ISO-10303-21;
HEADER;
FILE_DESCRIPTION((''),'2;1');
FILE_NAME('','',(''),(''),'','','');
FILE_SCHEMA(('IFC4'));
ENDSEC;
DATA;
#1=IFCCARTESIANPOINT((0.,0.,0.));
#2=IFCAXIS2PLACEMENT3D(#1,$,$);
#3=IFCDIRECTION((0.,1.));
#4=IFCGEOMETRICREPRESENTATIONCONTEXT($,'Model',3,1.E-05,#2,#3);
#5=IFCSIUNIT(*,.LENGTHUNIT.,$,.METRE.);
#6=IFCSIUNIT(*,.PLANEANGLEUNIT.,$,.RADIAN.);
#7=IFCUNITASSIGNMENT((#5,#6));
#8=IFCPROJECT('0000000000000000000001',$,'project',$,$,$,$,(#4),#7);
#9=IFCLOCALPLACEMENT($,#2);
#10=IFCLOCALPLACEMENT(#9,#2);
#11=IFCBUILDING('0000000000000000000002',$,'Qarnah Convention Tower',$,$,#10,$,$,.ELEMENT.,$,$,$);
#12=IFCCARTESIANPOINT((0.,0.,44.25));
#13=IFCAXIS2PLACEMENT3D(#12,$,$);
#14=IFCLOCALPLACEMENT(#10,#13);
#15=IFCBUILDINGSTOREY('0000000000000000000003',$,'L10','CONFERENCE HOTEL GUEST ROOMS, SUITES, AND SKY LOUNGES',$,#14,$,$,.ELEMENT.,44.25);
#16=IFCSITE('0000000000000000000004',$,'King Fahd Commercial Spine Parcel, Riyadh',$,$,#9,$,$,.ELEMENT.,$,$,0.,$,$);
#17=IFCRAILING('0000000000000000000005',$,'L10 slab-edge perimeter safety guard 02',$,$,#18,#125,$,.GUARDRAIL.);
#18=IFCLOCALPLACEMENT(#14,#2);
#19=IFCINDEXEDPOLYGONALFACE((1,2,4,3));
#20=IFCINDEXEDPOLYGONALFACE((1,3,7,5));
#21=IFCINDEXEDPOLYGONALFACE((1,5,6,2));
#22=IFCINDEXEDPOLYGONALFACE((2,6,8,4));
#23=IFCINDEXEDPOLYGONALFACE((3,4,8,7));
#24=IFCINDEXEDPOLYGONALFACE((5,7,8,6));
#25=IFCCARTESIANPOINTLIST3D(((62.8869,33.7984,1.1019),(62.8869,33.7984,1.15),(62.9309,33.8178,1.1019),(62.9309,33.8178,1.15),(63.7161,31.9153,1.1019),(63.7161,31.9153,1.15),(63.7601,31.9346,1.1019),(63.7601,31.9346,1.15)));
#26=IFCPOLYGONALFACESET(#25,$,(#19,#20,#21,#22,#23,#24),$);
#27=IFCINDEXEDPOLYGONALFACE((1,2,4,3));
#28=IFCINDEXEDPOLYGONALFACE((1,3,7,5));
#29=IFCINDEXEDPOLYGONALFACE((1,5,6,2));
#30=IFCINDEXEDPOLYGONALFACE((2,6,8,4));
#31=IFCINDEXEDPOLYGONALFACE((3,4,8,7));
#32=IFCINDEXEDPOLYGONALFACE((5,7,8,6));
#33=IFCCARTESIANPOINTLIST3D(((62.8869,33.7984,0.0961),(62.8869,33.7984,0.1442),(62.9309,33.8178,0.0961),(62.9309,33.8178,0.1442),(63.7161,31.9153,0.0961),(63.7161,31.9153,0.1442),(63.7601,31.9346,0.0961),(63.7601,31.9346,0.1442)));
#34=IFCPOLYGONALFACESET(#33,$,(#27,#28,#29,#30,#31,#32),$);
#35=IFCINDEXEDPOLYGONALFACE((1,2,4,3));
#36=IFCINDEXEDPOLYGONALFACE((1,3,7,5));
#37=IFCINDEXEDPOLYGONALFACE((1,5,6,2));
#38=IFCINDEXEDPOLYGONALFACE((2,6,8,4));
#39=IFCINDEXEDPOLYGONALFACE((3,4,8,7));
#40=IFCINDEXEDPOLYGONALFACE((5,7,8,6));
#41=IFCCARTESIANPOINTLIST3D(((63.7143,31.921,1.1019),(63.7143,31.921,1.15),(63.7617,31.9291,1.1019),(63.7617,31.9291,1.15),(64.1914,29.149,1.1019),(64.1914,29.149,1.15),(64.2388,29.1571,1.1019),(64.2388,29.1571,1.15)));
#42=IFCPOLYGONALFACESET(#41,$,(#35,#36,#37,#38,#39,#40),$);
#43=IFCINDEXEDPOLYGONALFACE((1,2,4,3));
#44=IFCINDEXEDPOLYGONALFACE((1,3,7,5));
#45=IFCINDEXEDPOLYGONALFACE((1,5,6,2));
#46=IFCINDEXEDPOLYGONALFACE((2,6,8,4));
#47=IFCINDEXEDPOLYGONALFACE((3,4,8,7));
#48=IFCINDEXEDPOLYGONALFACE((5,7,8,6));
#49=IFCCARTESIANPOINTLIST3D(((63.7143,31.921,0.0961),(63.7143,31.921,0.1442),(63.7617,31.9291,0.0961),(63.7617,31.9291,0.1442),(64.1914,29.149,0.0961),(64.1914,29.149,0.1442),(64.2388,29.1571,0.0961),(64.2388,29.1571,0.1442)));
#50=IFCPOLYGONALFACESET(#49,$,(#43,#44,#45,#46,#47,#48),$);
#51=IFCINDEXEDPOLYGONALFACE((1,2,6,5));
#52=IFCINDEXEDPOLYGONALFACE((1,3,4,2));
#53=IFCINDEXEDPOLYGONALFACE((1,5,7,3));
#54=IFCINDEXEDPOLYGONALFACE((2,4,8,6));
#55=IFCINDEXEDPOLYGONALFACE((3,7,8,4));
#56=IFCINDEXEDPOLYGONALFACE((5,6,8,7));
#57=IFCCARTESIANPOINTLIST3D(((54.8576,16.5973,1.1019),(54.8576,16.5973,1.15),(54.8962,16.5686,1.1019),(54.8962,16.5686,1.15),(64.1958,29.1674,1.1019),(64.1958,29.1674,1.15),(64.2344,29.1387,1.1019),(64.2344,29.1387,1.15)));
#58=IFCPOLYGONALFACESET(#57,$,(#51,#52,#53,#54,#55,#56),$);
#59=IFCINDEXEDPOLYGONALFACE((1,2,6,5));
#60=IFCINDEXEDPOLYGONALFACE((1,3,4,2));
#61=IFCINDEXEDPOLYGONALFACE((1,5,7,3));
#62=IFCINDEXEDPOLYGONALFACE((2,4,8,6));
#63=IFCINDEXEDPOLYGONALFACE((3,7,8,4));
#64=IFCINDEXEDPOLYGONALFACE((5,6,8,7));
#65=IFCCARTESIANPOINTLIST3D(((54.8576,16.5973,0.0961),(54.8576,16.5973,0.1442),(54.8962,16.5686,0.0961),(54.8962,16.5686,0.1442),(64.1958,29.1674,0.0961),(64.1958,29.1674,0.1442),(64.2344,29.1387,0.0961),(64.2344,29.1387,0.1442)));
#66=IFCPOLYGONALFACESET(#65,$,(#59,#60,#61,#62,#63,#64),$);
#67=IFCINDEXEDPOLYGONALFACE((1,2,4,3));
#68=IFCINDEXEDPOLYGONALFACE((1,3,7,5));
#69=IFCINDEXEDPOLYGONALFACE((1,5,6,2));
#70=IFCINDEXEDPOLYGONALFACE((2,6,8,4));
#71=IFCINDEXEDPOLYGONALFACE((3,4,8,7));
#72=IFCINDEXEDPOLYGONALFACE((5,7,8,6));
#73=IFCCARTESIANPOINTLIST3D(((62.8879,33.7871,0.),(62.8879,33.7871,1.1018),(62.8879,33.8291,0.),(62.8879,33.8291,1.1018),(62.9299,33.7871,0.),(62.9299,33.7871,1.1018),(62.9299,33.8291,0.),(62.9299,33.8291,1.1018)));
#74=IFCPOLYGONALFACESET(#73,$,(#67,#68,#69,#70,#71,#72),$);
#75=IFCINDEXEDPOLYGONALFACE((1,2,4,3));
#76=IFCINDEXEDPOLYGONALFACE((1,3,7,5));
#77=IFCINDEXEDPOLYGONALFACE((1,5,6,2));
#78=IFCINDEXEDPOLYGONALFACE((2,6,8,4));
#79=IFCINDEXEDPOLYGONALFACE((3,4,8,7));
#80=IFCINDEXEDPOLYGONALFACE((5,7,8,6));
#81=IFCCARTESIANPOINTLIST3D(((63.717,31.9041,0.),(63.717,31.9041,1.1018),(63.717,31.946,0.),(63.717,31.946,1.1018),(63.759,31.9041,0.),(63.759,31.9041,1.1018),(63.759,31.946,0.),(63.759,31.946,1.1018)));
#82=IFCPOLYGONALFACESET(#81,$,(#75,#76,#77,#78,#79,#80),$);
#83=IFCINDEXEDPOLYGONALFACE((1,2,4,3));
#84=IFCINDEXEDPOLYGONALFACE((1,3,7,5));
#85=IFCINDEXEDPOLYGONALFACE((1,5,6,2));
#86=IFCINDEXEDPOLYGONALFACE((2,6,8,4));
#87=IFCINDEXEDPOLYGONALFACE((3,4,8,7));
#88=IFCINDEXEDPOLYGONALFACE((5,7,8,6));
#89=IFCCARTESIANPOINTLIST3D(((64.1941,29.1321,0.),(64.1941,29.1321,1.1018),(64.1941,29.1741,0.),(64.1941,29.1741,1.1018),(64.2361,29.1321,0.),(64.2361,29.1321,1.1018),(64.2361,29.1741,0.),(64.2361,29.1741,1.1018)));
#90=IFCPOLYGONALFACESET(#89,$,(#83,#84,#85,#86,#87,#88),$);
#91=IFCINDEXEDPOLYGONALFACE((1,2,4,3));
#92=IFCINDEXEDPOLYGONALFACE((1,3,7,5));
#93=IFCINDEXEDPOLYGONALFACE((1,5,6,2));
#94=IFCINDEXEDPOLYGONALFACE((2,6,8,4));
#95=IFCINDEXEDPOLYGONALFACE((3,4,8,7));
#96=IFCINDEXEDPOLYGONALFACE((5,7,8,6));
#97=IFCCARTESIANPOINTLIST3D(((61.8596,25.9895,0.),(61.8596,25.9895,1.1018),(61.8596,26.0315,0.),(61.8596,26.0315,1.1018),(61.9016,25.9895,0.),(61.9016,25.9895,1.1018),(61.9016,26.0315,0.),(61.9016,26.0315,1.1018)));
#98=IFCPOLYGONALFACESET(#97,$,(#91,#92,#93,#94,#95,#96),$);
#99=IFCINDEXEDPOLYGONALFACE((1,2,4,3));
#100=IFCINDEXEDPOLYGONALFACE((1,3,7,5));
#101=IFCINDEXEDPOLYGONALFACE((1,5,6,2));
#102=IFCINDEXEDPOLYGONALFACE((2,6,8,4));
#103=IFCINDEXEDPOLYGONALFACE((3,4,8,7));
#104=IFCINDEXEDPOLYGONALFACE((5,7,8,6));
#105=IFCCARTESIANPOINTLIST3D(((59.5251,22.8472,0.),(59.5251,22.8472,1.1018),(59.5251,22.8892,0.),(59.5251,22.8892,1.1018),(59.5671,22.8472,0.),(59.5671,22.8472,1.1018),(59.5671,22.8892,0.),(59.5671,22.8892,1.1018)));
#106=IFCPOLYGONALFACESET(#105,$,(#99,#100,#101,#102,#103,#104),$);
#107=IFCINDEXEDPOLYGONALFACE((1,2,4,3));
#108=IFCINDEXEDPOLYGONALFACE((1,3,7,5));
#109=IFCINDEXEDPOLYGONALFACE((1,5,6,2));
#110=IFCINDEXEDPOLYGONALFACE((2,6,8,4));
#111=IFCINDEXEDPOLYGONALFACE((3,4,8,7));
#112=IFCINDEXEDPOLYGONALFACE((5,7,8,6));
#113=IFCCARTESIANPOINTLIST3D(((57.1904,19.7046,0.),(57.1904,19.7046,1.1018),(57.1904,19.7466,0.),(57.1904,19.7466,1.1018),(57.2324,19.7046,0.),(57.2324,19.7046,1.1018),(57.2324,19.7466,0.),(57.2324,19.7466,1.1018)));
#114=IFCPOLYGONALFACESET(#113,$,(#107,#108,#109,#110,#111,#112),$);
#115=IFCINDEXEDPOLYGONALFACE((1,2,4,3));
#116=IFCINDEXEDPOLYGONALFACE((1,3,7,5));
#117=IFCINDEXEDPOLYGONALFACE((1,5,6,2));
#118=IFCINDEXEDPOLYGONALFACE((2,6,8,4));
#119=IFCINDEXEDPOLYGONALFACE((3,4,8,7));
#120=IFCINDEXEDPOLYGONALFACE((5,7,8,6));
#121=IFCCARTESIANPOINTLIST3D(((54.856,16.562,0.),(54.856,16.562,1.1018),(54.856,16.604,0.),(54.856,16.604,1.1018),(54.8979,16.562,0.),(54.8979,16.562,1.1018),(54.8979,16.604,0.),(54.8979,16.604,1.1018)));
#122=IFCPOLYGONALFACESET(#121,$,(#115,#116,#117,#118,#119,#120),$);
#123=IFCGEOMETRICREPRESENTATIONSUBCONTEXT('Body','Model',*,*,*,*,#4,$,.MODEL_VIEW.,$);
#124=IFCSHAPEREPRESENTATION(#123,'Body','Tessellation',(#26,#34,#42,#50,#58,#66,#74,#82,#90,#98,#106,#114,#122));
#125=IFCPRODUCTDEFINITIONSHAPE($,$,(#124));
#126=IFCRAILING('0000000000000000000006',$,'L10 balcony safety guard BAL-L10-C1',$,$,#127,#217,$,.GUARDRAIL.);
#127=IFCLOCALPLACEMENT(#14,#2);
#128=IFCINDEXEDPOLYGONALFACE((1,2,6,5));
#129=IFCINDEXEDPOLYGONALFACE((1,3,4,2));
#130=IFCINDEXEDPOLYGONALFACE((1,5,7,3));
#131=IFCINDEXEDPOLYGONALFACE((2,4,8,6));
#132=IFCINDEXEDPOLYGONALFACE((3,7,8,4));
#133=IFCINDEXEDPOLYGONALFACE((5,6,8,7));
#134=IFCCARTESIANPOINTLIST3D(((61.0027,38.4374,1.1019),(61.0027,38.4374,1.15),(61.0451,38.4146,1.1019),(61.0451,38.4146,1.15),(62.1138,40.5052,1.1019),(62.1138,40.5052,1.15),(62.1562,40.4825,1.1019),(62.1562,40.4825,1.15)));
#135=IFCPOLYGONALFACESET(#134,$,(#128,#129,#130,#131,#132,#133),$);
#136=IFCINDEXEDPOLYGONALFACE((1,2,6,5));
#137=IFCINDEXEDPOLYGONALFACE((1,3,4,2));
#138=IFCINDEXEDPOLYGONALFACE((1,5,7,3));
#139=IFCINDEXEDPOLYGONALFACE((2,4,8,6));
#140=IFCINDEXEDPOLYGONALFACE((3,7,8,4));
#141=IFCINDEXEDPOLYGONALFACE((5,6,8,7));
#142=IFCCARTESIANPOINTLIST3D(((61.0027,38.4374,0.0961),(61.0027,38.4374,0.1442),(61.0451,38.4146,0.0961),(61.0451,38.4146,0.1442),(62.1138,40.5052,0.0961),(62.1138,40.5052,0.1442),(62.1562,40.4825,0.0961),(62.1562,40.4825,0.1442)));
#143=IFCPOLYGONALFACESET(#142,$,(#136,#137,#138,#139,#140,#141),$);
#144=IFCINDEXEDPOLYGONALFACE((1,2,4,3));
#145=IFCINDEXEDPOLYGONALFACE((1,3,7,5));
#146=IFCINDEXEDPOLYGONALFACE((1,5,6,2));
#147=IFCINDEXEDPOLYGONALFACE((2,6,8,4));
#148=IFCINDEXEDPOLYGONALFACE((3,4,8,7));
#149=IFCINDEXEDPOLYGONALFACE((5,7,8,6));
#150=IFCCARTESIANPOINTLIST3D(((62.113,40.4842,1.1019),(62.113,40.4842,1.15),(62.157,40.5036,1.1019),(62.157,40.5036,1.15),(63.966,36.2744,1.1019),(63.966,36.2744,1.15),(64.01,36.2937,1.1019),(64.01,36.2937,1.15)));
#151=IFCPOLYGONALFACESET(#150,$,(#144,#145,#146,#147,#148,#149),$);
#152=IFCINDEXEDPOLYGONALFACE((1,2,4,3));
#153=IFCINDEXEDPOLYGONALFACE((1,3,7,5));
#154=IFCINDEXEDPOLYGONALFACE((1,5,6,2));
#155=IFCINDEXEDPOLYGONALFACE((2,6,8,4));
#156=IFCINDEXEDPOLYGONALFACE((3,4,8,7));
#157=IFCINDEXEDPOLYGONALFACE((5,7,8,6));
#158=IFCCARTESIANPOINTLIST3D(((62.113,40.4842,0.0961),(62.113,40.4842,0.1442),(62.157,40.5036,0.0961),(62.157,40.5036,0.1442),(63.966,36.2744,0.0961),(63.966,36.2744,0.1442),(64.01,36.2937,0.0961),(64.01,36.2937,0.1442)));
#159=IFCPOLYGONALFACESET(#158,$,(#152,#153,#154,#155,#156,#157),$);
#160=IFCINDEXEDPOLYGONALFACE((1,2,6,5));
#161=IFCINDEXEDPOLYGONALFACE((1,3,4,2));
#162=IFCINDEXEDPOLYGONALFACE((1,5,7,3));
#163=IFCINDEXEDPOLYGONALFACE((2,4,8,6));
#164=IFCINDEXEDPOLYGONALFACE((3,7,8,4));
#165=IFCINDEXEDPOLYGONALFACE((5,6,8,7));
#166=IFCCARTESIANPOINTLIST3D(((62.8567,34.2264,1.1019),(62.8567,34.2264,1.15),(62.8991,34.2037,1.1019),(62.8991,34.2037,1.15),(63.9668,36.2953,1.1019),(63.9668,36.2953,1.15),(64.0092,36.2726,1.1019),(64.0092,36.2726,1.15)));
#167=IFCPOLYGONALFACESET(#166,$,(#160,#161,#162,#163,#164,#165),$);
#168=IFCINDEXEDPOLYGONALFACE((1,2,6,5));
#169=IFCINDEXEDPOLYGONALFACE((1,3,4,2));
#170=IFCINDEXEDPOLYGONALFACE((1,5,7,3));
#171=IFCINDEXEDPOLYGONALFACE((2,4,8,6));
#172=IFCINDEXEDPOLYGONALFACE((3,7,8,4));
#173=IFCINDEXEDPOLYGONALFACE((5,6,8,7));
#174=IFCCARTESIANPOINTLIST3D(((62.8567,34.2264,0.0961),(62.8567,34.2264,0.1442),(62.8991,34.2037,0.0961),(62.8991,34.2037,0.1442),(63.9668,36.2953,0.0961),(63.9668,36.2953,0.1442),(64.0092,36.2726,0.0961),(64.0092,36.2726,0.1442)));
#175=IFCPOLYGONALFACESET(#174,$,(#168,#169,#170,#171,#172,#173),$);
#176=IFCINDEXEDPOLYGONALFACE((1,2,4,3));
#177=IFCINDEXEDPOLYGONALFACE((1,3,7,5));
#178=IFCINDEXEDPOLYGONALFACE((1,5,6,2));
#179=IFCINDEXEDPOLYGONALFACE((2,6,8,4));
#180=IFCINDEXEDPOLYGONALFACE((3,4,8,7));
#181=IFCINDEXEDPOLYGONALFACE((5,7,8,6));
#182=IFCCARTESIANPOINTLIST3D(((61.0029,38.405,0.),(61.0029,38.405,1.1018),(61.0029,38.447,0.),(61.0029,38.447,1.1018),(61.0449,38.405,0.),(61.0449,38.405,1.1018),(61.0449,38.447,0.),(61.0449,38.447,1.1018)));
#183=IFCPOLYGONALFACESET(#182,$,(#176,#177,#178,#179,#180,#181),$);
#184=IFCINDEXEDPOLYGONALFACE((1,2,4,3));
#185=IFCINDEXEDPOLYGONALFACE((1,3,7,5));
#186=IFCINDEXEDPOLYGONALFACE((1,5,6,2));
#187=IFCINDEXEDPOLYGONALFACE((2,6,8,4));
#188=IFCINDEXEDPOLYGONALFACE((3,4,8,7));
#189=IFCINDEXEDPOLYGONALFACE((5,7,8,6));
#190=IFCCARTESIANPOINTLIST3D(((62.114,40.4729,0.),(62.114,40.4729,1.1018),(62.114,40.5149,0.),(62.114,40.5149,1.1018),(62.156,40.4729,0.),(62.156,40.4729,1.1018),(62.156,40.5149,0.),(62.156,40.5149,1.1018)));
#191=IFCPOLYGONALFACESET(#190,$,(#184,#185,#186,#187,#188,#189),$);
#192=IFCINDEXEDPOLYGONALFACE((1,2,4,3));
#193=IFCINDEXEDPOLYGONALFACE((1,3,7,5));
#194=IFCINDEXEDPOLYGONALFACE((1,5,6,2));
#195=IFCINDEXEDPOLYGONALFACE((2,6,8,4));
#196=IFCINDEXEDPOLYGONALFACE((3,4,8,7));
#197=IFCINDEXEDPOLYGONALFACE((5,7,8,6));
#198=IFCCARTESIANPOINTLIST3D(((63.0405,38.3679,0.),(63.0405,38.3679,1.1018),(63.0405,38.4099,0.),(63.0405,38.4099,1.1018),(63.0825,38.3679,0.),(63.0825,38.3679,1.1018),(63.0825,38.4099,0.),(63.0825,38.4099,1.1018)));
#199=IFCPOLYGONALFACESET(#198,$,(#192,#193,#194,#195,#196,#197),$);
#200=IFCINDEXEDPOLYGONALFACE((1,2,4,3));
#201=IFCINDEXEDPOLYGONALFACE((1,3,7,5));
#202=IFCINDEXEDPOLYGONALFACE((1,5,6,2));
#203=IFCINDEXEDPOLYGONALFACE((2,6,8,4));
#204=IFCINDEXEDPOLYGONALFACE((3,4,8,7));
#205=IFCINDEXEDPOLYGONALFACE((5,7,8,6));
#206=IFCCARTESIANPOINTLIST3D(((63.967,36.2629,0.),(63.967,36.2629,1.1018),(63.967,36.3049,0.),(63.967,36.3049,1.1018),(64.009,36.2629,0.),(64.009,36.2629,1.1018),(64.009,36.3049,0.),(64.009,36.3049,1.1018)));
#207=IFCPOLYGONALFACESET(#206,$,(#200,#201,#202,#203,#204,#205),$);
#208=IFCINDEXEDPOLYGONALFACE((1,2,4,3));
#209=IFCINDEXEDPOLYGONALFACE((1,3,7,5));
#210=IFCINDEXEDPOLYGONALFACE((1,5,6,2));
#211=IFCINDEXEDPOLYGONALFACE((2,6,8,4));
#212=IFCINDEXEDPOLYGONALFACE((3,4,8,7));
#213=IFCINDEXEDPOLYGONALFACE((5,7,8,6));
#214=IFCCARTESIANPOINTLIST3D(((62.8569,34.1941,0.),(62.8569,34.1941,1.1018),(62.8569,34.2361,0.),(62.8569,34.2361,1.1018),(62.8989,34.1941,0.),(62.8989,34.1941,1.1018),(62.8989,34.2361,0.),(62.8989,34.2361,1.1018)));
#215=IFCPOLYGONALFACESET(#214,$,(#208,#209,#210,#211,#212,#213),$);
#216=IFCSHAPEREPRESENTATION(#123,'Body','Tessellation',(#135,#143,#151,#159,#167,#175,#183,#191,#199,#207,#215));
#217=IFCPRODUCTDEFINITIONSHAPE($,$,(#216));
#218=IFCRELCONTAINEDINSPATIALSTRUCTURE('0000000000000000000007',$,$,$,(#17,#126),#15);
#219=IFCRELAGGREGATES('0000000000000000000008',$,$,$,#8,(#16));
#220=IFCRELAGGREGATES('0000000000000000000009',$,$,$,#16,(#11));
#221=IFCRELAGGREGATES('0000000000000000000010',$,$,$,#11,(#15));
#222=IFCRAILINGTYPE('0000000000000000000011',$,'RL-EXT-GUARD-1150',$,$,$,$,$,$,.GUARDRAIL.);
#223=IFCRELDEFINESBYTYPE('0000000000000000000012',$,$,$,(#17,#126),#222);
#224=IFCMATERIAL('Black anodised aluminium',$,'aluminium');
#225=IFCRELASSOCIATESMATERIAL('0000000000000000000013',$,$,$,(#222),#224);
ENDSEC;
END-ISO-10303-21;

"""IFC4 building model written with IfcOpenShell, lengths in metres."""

from ifc_helpers import new_model, si_unit, direction, frame, origin, origin_2d, place, context, subcontext, project, spatial, rectangle, extrude, material, type_object, element, save


model = new_model("IFC4")

# Units and contexts
model_context = context("Model", 3, precision=1e-05, world=origin(), true_north=direction((0.0, 1.0)))
body_context = subcontext(model_context, "Body", "Model", "MODEL_VIEW")
ifc_project = project(units=[si_unit("LENGTHUNIT", "METRE"), si_unit("PLANEANGLEUNIT", "RADIAN")], contexts=[model_context])

# Site, building, storey
site_placement = place(None, origin())
site = spatial("IfcSite", under=ifc_project, at=site_placement, Name="King Fahd Commercial Spine Parcel, Riyadh", CompositionType="ELEMENT", RefElevation=0.0)
building_placement = place(site_placement, origin())
building = spatial("IfcBuilding", under=site, at=building_placement, Name="Qarnah Convention Tower", CompositionType="ELEMENT")
storey_placement = place(building_placement, frame((0.0, 0.0, 44.25)))
storey = spatial("IfcBuildingStorey", under=building, at=storey_placement, Name="L10", Description="CONFERENCE HOTEL GUEST ROOMS, SUITES, AND SKY LOUNGES", CompositionType="ELEMENT", Elevation=44.25)

# Shared definitions
ifc_material_1 = material(Name="Black anodised aluminium", Category="aluminium")

# Railings
railing_type = type_object("IfcRailingType", Name="RL-EXT-GUARD-1150", PredefinedType="GUARDRAIL", material=ifc_material_1)
railing_1_placement = place(storey_placement, frame((62.9089, 33.8081, 0.0)))
element("IfcRailing", 1, at=railing_1_placement, inside=storey, type_object=railing_type, Name="L10 slab-edge perimeter safety guard 02", PredefinedType="GUARDRAIL", context=body_context, shape_type="SweptSolid", body=[
    extrude(rectangle(XDim=0.0481, YDim=0.0481, at=origin_2d()), frame((0.0, 0.0, 1.126), z_axis=(0.402965, -0.915215, 0.0), x_axis=(0.915215, 0.402965, 0.0)), (0.0, 0.0, 1.0), 2.0576),
    extrude(rectangle(XDim=0.0481, YDim=0.0481, at=origin_2d()), frame((0.0, 0.0, 0.1201), z_axis=(0.402965, -0.915215, 0.0), x_axis=(0.915215, 0.402965, 0.0)), (0.0, 0.0, 1.0), 2.0576),
    extrude(rectangle(XDim=0.0481, YDim=0.0481, at=origin_2d()), frame((0.8291, -1.8831, 1.126), z_axis=(0.169605, -0.985512, 0.0), x_axis=(0.985512, 0.169605, 0.0)), (0.0, 0.0, 1.0), 2.8127),
    extrude(rectangle(XDim=0.0481, YDim=0.0481, at=origin_2d()), frame((0.8291, -1.8831, 0.1201), z_axis=(0.169605, -0.985512, 0.0), x_axis=(0.985512, 0.169605, 0.0)), (0.0, 0.0, 1.0), 2.8127),
    extrude(rectangle(XDim=0.0481, YDim=0.0481, at=origin_2d()), frame((1.3062, -4.655, 1.126), z_axis=(-0.596339, -0.802733, 0.0), x_axis=(0.802733, -0.596339, 0.0)), (0.0, 0.0, 1.0), 15.6592),
    extrude(rectangle(XDim=0.0481, YDim=0.0481, at=origin_2d()), frame((1.3062, -4.655, 0.1201), z_axis=(-0.596339, -0.802733, 0.0), x_axis=(0.802733, -0.596339, 0.0)), (0.0, 0.0, 1.0), 15.6592),
    extrude(rectangle(XDim=0.042, YDim=0.042, at=origin_2d()), origin(), (0.0, 0.0, 1.0), 1.1018),
    extrude(rectangle(XDim=0.042, YDim=0.042, at=origin_2d()), frame((0.8291, -1.8831, 0.0)), (0.0, 0.0, 1.0), 1.1018),
    extrude(rectangle(XDim=0.042, YDim=0.042, at=origin_2d()), frame((1.3062, -4.655, 0.0)), (0.0, 0.0, 1.0), 1.1018),
    extrude(rectangle(XDim=0.042, YDim=0.042, at=origin_2d()), frame((-1.0283, -7.7976, 0.0)), (0.0, 0.0, 1.0), 1.1018),
    extrude(rectangle(XDim=0.042, YDim=0.042, at=origin_2d()), frame((-3.3628, -10.9399, 0.0)), (0.0, 0.0, 1.0), 1.1018),
    extrude(rectangle(XDim=0.042, YDim=0.042, at=origin_2d()), frame((-5.6975, -14.0825, 0.0)), (0.0, 0.0, 1.0), 1.1018),
    extrude(rectangle(XDim=0.042, YDim=0.042, at=origin_2d()), frame((-8.032, -17.2251, 0.0)), (0.0, 0.0, 1.0), 1.1018),
])
railing_2_placement = place(storey_placement, frame((61.0239, 38.426, 0.0)))
element("IfcRailing", 2, at=railing_2_placement, inside=storey, type_object=railing_type, Name="L10 balcony safety guard BAL-L10-C1", PredefinedType="GUARDRAIL", context=body_context, shape_type="SweptSolid", body=[
    extrude(rectangle(XDim=0.0481, YDim=0.0481, at=origin_2d()), frame((0.0, 0.0, 1.126), z_axis=(0.473312, 0.880895, 0.0), x_axis=(-0.880895, 0.473312, 0.0)), (0.0, 0.0, 1.0), 2.3474),
    extrude(rectangle(XDim=0.0481, YDim=0.0481, at=origin_2d()), frame((0.0, 0.0, 0.1201), z_axis=(0.473312, 0.880895, 0.0), x_axis=(-0.880895, 0.473312, 0.0)), (0.0, 0.0, 1.0), 2.3474),
    extrude(rectangle(XDim=0.0481, YDim=0.0481, at=origin_2d()), frame((1.1111, 2.0679, 1.126), z_axis=(0.402856, -0.915263, 0.0), x_axis=(0.915263, 0.402856, 0.0)), (0.0, 0.0, 1.0), 4.5996),
    extrude(rectangle(XDim=0.0481, YDim=0.0481, at=origin_2d()), frame((1.1111, 2.0679, 0.1201), z_axis=(0.402856, -0.915263, 0.0), x_axis=(0.915263, 0.402856, 0.0)), (0.0, 0.0, 1.0), 4.5996),
    extrude(rectangle(XDim=0.0481, YDim=0.0481, at=origin_2d()), frame((2.9641, -2.1421, 1.126), z_axis=(-0.472816, -0.881161, 0.0), x_axis=(0.881161, -0.472816, 0.0)), (0.0, 0.0, 1.0), 2.3479),
    extrude(rectangle(XDim=0.0481, YDim=0.0481, at=origin_2d()), frame((2.9641, -2.1421, 0.1201), z_axis=(-0.472816, -0.881161, 0.0), x_axis=(0.881161, -0.472816, 0.0)), (0.0, 0.0, 1.0), 2.3479),
    extrude(rectangle(XDim=0.042, YDim=0.042, at=origin_2d()), origin(), (0.0, 0.0, 1.0), 1.1018),
    extrude(rectangle(XDim=0.042, YDim=0.042, at=origin_2d()), frame((1.1111, 2.0679, 0.0)), (0.0, 0.0, 1.0), 1.1018),
    extrude(rectangle(XDim=0.042, YDim=0.042, at=origin_2d()), frame((2.0376, -0.0371, 0.0)), (0.0, 0.0, 1.0), 1.1018),
    extrude(rectangle(XDim=0.042, YDim=0.042, at=origin_2d()), frame((2.9641, -2.1421, 0.0)), (0.0, 0.0, 1.0), 1.1018),
    extrude(rectangle(XDim=0.042, YDim=0.042, at=origin_2d()), frame((1.854, -4.2109, 0.0)), (0.0, 0.0, 1.0), 1.1018),
])

save(model, "model.ifc")
